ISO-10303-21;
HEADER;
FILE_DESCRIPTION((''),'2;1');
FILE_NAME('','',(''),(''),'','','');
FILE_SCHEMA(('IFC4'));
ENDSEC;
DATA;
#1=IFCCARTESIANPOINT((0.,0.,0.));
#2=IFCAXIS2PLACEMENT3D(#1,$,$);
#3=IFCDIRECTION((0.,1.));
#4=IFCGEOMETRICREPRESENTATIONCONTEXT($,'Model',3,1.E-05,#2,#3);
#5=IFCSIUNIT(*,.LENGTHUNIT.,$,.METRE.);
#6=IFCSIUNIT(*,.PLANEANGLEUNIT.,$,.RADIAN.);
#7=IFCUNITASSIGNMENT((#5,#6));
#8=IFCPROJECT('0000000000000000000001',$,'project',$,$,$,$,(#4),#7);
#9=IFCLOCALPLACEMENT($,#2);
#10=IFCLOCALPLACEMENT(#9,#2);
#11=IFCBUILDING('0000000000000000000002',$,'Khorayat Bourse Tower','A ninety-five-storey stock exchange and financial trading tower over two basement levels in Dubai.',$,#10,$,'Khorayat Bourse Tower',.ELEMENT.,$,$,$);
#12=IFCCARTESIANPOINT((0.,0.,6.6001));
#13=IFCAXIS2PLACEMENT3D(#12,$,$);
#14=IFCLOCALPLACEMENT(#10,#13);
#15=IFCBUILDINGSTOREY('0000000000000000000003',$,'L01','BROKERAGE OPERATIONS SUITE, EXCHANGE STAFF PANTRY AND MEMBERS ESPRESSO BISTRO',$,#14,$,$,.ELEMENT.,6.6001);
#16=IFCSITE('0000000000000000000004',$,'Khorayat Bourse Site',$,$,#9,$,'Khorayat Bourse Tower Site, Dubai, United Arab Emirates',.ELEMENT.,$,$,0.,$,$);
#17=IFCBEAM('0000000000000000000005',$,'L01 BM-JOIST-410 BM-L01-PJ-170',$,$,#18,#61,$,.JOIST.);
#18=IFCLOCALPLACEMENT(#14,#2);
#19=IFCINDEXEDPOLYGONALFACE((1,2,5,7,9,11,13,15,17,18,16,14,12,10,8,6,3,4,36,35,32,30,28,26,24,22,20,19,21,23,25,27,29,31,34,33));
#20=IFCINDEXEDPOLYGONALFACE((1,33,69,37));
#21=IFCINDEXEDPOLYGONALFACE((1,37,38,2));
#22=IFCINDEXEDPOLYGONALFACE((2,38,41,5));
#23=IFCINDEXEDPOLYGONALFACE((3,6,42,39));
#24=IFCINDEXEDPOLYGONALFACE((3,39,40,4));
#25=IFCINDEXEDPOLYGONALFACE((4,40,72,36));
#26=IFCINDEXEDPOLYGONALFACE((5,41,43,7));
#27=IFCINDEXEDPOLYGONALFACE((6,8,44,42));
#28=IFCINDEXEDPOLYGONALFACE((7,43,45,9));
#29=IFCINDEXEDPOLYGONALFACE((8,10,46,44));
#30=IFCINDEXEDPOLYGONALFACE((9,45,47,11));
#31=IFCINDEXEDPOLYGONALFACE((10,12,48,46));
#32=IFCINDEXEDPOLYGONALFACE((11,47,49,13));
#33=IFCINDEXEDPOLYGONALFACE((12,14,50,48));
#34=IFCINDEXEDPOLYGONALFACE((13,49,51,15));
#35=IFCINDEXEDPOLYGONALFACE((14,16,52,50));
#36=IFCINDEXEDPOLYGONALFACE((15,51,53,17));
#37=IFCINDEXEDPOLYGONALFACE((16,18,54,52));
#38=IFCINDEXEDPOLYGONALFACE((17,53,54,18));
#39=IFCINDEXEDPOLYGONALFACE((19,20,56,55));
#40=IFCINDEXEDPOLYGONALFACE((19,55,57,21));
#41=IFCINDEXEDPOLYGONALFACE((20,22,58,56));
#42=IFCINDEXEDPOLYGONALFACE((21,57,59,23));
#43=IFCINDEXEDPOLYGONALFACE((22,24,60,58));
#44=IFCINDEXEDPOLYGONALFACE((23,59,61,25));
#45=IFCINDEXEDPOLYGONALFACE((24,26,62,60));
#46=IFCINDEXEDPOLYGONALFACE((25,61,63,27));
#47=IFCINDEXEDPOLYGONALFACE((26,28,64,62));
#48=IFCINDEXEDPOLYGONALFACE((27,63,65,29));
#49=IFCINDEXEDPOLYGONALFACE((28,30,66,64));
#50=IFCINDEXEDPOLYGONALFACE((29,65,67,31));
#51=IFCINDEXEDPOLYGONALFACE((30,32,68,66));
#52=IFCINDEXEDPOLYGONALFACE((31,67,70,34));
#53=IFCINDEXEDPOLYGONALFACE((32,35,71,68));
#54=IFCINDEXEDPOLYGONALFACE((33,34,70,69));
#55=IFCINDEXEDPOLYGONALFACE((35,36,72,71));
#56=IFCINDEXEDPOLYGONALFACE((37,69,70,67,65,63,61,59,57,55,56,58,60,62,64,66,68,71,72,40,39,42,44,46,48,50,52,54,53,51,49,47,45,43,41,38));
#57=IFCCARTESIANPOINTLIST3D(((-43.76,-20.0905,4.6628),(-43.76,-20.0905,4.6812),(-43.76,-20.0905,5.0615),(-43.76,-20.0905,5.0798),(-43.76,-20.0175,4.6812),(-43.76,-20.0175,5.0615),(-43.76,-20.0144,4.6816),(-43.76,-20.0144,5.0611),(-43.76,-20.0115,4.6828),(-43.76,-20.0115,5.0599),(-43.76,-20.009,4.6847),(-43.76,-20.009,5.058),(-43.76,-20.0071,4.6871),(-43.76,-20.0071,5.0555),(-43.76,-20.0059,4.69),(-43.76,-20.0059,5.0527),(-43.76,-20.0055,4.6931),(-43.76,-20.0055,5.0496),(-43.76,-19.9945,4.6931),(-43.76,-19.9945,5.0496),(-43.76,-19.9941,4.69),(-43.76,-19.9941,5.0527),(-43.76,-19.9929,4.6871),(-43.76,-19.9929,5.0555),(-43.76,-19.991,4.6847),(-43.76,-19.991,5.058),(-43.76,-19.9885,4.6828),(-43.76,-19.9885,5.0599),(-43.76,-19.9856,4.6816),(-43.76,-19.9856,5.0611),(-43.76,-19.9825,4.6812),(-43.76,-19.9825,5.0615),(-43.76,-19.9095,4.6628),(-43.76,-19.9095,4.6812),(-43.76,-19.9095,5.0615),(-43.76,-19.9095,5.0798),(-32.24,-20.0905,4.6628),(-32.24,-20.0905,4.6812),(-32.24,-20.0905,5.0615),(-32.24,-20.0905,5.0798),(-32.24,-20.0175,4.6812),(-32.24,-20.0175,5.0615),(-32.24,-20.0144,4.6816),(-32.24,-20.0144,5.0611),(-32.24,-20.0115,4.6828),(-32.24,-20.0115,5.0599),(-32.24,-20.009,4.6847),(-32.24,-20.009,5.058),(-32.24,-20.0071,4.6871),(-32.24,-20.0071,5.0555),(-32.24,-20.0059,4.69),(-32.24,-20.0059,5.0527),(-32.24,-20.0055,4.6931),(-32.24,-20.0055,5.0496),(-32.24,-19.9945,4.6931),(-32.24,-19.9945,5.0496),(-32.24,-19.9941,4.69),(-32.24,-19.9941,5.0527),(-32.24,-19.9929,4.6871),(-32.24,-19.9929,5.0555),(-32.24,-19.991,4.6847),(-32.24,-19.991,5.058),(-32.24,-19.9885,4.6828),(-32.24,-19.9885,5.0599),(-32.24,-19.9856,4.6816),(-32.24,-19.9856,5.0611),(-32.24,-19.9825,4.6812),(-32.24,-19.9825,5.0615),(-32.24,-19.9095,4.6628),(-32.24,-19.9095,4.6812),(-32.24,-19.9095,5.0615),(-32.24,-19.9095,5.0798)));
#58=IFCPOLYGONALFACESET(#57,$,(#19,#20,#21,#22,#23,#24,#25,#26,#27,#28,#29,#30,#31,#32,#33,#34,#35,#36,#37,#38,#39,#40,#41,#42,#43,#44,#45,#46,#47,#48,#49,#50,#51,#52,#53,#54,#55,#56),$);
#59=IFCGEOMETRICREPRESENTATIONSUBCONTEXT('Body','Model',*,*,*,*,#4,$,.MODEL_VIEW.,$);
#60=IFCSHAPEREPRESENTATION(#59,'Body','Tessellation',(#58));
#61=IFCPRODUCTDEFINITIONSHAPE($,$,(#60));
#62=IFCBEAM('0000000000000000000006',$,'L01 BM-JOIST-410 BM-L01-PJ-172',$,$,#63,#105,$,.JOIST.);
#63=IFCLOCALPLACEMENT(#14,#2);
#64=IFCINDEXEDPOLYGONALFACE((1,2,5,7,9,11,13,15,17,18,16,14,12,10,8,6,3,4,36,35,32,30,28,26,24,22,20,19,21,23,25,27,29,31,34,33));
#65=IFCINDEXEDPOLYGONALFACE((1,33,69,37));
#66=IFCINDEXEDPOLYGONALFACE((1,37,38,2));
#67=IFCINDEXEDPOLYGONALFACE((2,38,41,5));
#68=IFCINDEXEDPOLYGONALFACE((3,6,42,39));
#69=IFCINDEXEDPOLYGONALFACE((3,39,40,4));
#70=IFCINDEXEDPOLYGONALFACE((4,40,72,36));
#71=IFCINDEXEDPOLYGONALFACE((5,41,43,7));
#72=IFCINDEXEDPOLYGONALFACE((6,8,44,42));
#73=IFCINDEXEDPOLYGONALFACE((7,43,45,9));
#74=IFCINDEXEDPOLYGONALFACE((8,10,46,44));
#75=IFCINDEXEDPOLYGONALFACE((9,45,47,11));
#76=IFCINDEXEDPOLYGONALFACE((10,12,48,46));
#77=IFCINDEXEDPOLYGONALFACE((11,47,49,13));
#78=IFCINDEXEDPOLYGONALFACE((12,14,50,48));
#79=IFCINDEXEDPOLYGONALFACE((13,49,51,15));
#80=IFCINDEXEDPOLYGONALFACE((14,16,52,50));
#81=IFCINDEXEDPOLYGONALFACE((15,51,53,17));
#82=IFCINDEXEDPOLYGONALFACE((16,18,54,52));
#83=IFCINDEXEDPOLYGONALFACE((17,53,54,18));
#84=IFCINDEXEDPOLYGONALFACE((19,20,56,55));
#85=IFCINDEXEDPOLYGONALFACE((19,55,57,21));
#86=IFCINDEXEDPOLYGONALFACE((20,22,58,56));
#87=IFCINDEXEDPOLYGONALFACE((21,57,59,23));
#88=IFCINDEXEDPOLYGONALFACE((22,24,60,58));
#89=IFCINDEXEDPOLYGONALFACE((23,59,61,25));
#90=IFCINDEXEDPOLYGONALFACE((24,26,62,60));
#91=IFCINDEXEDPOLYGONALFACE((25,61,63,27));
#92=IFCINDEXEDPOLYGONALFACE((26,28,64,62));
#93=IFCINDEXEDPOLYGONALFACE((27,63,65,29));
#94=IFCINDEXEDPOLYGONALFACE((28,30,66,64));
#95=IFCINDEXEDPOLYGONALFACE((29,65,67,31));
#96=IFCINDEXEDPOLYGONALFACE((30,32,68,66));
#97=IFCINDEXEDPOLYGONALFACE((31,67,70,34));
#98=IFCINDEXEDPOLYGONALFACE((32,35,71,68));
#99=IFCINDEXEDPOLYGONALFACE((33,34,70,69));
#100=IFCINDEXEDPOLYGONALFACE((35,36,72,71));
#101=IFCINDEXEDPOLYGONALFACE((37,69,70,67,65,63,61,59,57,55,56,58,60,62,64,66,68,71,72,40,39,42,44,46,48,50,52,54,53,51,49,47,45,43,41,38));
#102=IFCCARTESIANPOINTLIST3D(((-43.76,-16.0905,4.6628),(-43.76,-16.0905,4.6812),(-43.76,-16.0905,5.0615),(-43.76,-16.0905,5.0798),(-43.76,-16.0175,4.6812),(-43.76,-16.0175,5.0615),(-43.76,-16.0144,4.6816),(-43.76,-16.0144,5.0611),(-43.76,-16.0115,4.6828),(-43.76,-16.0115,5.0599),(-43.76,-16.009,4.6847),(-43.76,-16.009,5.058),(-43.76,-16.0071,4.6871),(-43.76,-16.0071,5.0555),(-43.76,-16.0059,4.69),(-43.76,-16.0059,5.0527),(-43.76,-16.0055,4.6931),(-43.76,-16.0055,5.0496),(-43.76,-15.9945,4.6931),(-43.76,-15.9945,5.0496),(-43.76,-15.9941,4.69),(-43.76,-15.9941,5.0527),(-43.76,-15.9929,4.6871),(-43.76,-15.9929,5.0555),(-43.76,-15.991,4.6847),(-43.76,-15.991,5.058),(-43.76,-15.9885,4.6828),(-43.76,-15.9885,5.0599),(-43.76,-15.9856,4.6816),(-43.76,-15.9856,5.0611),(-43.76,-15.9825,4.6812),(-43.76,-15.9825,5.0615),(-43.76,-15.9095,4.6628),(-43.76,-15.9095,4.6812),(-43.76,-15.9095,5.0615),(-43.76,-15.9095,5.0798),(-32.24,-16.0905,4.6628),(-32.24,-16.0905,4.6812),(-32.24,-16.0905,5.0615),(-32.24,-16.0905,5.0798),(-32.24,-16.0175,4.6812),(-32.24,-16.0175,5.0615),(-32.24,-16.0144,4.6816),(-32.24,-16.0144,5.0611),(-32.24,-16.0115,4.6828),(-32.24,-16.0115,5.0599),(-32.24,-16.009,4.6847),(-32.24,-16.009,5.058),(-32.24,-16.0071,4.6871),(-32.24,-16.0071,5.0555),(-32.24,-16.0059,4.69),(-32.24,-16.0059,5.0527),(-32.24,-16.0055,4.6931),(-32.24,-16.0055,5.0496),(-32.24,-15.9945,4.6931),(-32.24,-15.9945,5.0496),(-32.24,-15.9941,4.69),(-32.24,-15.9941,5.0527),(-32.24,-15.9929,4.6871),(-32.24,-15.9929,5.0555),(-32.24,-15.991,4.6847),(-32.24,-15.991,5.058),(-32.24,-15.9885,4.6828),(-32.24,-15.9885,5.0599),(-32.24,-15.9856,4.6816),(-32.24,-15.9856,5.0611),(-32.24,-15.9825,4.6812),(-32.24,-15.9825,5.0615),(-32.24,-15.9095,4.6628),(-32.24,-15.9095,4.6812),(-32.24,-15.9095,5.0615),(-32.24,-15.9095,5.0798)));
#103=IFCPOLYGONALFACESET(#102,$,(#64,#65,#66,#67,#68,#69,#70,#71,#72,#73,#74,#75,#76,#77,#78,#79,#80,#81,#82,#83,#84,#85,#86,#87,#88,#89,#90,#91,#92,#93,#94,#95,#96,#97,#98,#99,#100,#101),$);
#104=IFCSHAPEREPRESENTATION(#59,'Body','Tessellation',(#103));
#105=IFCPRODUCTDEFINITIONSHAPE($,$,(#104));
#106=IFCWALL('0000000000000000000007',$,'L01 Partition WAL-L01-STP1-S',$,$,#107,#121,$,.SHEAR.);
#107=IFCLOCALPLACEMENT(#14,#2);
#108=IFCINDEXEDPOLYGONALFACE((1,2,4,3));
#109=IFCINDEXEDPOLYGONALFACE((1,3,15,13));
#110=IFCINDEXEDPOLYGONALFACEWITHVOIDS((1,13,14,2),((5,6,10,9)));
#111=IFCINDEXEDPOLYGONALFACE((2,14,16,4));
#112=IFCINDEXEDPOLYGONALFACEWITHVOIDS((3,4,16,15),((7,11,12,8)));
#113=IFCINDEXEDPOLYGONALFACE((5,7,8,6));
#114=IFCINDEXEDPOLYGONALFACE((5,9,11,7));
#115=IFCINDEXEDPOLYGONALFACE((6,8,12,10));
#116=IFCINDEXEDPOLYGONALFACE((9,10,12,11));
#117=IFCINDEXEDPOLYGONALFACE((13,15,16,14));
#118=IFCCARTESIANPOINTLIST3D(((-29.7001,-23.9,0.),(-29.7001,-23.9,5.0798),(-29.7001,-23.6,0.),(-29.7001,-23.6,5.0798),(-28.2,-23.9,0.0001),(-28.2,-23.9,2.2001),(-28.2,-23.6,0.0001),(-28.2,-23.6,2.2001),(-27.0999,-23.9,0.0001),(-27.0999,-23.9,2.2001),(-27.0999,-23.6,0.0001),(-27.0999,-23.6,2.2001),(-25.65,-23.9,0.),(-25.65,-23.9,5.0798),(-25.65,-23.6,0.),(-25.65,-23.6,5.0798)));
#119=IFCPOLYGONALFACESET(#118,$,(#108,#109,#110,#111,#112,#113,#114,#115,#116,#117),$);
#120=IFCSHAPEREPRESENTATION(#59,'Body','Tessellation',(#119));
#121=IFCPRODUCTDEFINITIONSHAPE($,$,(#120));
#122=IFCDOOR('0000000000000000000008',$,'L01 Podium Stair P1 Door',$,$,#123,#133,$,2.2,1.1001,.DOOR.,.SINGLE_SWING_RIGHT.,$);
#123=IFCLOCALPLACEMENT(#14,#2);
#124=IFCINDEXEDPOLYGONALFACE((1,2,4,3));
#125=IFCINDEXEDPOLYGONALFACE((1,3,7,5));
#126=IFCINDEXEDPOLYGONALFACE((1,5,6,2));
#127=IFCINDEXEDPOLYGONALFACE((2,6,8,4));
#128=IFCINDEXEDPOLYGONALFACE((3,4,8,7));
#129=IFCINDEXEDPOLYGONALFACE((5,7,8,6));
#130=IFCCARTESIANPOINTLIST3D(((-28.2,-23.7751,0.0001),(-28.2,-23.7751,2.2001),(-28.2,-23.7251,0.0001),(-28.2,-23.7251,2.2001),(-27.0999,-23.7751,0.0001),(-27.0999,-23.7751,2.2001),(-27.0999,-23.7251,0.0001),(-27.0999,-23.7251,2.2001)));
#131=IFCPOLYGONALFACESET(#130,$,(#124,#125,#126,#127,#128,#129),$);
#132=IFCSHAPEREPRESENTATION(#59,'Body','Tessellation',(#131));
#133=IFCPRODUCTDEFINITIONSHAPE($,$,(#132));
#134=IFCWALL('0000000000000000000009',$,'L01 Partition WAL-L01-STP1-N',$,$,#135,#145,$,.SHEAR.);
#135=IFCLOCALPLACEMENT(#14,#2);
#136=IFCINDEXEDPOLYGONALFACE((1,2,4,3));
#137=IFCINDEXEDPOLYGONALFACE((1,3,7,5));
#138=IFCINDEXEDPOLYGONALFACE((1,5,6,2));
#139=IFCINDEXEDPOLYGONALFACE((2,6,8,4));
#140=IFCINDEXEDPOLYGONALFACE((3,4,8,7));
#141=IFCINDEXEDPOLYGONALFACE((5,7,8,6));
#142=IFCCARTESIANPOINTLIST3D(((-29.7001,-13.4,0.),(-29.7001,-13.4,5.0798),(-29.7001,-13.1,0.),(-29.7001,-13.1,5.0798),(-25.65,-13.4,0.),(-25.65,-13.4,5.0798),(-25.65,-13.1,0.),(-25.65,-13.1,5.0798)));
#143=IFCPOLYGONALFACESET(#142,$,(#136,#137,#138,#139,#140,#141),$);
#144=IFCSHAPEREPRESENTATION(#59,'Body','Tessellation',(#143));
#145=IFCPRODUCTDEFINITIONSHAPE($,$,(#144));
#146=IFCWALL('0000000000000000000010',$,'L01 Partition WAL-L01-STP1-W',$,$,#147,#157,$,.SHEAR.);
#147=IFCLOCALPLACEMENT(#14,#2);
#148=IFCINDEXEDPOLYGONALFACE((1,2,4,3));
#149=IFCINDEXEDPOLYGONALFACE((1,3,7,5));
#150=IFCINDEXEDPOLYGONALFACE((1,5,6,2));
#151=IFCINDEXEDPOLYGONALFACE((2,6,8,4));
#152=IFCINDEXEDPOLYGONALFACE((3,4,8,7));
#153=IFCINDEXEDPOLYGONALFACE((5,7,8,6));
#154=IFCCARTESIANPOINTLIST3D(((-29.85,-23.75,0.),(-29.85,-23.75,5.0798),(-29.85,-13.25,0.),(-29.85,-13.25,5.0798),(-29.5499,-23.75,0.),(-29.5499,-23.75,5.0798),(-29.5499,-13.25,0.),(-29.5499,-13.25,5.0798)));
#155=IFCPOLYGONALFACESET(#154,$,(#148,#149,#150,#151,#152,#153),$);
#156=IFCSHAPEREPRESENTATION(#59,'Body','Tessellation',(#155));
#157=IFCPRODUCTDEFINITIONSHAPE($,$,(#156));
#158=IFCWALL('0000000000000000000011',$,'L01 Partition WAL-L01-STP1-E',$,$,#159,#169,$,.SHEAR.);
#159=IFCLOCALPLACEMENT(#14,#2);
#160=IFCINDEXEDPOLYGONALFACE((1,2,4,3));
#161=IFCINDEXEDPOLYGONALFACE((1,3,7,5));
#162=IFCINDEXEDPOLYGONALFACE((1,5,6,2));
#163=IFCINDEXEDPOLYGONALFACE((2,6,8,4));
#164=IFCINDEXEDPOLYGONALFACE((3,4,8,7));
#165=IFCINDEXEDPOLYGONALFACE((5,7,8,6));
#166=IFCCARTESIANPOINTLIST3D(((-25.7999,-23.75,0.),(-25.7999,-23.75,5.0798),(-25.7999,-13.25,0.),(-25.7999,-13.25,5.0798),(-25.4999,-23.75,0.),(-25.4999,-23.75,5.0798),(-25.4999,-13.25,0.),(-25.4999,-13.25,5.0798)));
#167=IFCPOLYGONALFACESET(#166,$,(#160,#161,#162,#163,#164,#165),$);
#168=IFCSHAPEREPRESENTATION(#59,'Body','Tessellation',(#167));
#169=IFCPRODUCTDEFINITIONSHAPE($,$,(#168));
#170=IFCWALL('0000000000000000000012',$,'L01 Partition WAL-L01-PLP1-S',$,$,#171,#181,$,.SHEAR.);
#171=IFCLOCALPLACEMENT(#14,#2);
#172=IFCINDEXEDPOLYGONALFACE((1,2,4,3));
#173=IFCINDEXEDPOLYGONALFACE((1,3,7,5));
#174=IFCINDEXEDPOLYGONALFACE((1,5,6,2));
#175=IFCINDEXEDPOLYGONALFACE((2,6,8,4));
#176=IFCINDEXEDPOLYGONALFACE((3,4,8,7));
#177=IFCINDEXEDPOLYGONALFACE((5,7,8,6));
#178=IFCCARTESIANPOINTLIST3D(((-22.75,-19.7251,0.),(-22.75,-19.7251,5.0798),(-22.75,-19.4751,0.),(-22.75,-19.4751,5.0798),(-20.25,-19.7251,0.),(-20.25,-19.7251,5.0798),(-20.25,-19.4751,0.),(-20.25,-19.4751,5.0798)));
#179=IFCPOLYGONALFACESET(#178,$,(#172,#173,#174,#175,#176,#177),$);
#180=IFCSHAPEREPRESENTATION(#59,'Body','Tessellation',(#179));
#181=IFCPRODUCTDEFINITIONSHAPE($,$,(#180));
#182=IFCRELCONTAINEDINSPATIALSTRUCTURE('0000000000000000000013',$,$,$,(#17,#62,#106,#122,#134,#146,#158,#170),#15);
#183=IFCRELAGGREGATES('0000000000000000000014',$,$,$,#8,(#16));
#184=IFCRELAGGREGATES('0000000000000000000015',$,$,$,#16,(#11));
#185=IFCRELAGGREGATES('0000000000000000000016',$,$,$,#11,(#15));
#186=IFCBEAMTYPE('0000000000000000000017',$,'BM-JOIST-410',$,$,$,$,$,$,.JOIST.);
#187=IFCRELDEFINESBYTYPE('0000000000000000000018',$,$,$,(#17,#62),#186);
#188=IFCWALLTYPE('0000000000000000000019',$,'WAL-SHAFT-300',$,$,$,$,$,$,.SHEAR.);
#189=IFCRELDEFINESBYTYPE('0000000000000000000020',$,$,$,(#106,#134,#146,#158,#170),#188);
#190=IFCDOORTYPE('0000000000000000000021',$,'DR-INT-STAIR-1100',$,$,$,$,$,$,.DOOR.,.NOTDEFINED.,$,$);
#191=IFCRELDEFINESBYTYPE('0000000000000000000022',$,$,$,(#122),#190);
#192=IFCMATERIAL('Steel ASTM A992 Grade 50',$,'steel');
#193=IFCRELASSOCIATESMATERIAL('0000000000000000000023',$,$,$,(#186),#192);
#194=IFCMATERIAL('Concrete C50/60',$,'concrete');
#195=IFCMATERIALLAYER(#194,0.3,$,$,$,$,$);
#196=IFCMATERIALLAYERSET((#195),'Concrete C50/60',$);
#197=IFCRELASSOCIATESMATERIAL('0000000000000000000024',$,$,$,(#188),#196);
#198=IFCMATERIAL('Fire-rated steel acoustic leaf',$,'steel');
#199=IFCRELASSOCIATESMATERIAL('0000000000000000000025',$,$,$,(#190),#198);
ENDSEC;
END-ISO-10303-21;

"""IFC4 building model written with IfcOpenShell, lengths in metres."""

from ifc_helpers import new_model, si_unit, direction, frame, frame_2d, origin, origin_2d, place, context, subcontext, project, spatial, rectangle, i_section, extrude, source, transform, mapped, material, layer, layer_set, material_profile, profile_set, type_object, element, fill, save


model = new_model("IFC4")

# Units and contexts
model_context = context("Model", 3, precision=1e-05, world=origin(), true_north=direction((0.0, 1.0)))
body_context = subcontext(model_context, "Body", "Model", "MODEL_VIEW")
ifc_project = project(units=[si_unit("LENGTHUNIT", "METRE"), si_unit("PLANEANGLEUNIT", "RADIAN")], contexts=[model_context])

# Site, building, storey
site_placement = place(None, origin())
site = spatial("IfcSite", under=ifc_project, at=site_placement, Name="Khorayat Bourse Site", LongName="Khorayat Bourse Tower Site, Dubai, United Arab Emirates", CompositionType="ELEMENT", RefElevation=0.0)
building_placement = place(site_placement, origin())
building = spatial("IfcBuilding", under=site, at=building_placement, Name="Khorayat Bourse Tower", Description="A ninety-five-storey stock exchange and financial trading tower over two basement levels in Dubai.", LongName="Khorayat Bourse Tower", CompositionType="ELEMENT")
storey_placement = place(building_placement, frame((0.0, 0.0, 6.6001)))
storey = spatial("IfcBuildingStorey", under=building, at=storey_placement, Name="L01", Description="BROKERAGE OPERATIONS SUITE, EXCHANGE STAFF PANTRY AND MEMBERS ESPRESSO BISTRO", CompositionType="ELEMENT", Elevation=6.6001)

# Beams
ifc_material_1 = material(Name="Steel ASTM A992 Grade 50", Category="steel")
ifc_material_profile_1 = material_profile(ifc_material_1, i_section(OverallWidth=0.1809, OverallDepth=0.417, WebThickness=0.011, FlangeThickness=0.0183, FilletRadius=0.012, at=origin_2d()), Name="W410X85")
ifc_profile_set_1 = profile_set([ifc_material_profile_1], Name="Steel ASTM A992 Grade 50")
beam_type_1 = type_object("IfcBeamType", Name="BM-JOIST-410", PredefinedType="JOIST", material=ifc_profile_set_1)
shared_shape_1 = source(origin(), body_context, "Body", "SweptSolid", [
    extrude(i_section(OverallWidth=0.1809, OverallDepth=0.417, WebThickness=0.011, FlangeThickness=0.0183, FilletRadius=0.012, at=origin_2d()), origin(), (0.0, 0.0, 1.0), 11.52),
])
for number, where, z_axis, x_axis, name in (
    (1, (-43.76, -20.0, 4.8713), (1.0, 0.0, 0.0), (0.0, 1.0, 0.0), "L01 BM-JOIST-410 BM-L01-PJ-170"),
    (2, (-43.76, -16.0, 4.8713), (1.0, 0.0, 0.0), (0.0, 1.0, 0.0), "L01 BM-JOIST-410 BM-L01-PJ-172"),
):
    element("IfcBeam", number, at=place(storey_placement, frame(where, z_axis=z_axis, x_axis=x_axis)), inside=storey, type_object=beam_type_1, Name=name, PredefinedType="JOIST", context=body_context, shape_type="MappedRepresentation", body=[
        mapped(shared_shape_1, transform((0.0, 0.0, 0.0), scale=1.0)),
    ])

# Wall, opening, door
ifc_material_2 = material(Name="Concrete C50/60", Category="concrete")
ifc_layer_1 = layer(ifc_material_2, 0.3)
ifc_layer_set_1 = layer_set([ifc_layer_1], Name="Concrete C50/60")
wall_type_1 = type_object("IfcWallType", Name="WAL-SHAFT-300", PredefinedType="SHEAR", material=ifc_layer_set_1)
shared_shape_2 = source(origin(), body_context, "Body", "SweptSolid", [
    extrude(rectangle(XDim=4.05, YDim=0.3, at=frame_2d((2.0249, 0.0))), origin(), (0.0, 0.0, 1.0), 5.0798),
])
wall_1_placement = place(storey_placement, frame((-29.7, -23.75, 0.0), z_axis=(0.0, 0.0, 1.0), x_axis=(1.0, 0.0, 0.0)))
wall_1 = element("IfcWall", 3, at=wall_1_placement, inside=storey, type_object=wall_type_1, Name="L01 Partition WAL-L01-STP1-S", PredefinedType="SHEAR", context=body_context, shape_type="MappedRepresentation", body=[
    mapped(shared_shape_2, transform((0.0, 0.0, 0.0), scale=1.0)),
])
shared_shape_3 = source(origin(), body_context, "Body", "SweptSolid", [
    extrude(rectangle(XDim=1.1001, YDim=2.2, at=frame_2d((0.55, 1.1001))), frame((0.0, 0.1599, 0.0), z_axis=(0.0, -1.0, 0.0), x_axis=(1.0, 0.0, 0.0)), (0.0, 0.0, 1.0), 0.3201),
])
opening_1_placement = place(wall_1_placement, frame((1.5, 0.0, 0.0)))
opening_1 = element("IfcOpeningElement", 4, at=opening_1_placement, cuts=wall_1, PredefinedType="OPENING", context=body_context, shape_type="MappedRepresentation", body=[
    mapped(shared_shape_3, transform((0.0, 0.0, 0.0), scale=1.0)),
])
ifc_material_3 = material(Name="Fire-rated steel acoustic leaf", Category="steel")
door_type_1 = type_object("IfcDoorType", Name="DR-INT-STAIR-1100", OperationType="NOTDEFINED", PredefinedType="DOOR", material=ifc_material_3)
shared_shape_4 = source(origin(), body_context, "Body", "SweptSolid", [
    extrude(rectangle(XDim=1.1001, YDim=2.2, at=frame_2d((0.55, 1.1001))), frame((0.0, 0.0249, 0.0), z_axis=(0.0, -1.0, 0.0), x_axis=(1.0, 0.0, 0.0)), (0.0, 0.0, 1.0), 0.05),
])
door_1_placement = place(opening_1_placement, origin())
door_1 = element("IfcDoor", 5, at=door_1_placement, inside=storey, type_object=door_type_1, Name="L01 Podium Stair P1 Door", OperationType="SINGLE_SWING_RIGHT", OverallHeight=2.2, OverallWidth=1.1001, PredefinedType="DOOR", context=body_context, shape_type="MappedRepresentation", body=[
    mapped(shared_shape_4, transform((0.0, 0.0, 0.0), scale=1.0)),
])
fill(opening_1, door_1)

# Walls
wall_2_placement = place(storey_placement, frame((-29.7, -13.25, 0.0), z_axis=(0.0, 0.0, 1.0), x_axis=(1.0, 0.0, 0.0)))
element("IfcWall", 6, at=wall_2_placement, inside=storey, type_object=wall_type_1, Name="L01 Partition WAL-L01-STP1-N", PredefinedType="SHEAR", context=body_context, shape_type="MappedRepresentation", body=[
    mapped(shared_shape_2, transform((0.0, 0.0, 0.0), scale=1.0)),
])
shared_shape_5 = source(origin(), body_context, "Body", "SweptSolid", [
    extrude(rectangle(XDim=10.5, YDim=0.3, at=frame_2d((5.25, 0.0))), origin(), (0.0, 0.0, 1.0), 5.0798),
])
for number, where, z_axis, x_axis, name in (
    (7, (-29.7, -23.75, 0.0), (0.0, 0.0, 1.0), (0.0, 1.0, 0.0), "L01 Partition WAL-L01-STP1-W"),
    (8, (-25.6499, -23.75, 0.0), (0.0, 0.0, 1.0), (0.0, 1.0, 0.0), "L01 Partition WAL-L01-STP1-E"),
):
    element("IfcWall", number, at=place(storey_placement, frame(where, z_axis=z_axis, x_axis=x_axis)), inside=storey, type_object=wall_type_1, Name=name, PredefinedType="SHEAR", context=body_context, shape_type="MappedRepresentation", body=[
        mapped(shared_shape_5, transform((0.0, 0.0, 0.0), scale=1.0)),
    ])
shared_shape_6 = source(origin(), body_context, "Body", "SweptSolid", [
    extrude(rectangle(XDim=2.5, YDim=0.25, at=frame_2d((1.25, 0.0))), origin(), (0.0, 0.0, 1.0), 5.0798),
])
wall_3_placement = place(storey_placement, frame((-22.75, -19.6001, 0.0), z_axis=(0.0, 0.0, 1.0), x_axis=(1.0, 0.0, 0.0)))
element("IfcWall", 9, at=wall_3_placement, inside=storey, type_object=wall_type_1, Name="L01 Partition WAL-L01-PLP1-S", PredefinedType="SHEAR", context=body_context, shape_type="MappedRepresentation", body=[
    mapped(shared_shape_6, transform((0.0, 0.0, 0.0), scale=1.0)),
])

save(model, "model.ifc")
